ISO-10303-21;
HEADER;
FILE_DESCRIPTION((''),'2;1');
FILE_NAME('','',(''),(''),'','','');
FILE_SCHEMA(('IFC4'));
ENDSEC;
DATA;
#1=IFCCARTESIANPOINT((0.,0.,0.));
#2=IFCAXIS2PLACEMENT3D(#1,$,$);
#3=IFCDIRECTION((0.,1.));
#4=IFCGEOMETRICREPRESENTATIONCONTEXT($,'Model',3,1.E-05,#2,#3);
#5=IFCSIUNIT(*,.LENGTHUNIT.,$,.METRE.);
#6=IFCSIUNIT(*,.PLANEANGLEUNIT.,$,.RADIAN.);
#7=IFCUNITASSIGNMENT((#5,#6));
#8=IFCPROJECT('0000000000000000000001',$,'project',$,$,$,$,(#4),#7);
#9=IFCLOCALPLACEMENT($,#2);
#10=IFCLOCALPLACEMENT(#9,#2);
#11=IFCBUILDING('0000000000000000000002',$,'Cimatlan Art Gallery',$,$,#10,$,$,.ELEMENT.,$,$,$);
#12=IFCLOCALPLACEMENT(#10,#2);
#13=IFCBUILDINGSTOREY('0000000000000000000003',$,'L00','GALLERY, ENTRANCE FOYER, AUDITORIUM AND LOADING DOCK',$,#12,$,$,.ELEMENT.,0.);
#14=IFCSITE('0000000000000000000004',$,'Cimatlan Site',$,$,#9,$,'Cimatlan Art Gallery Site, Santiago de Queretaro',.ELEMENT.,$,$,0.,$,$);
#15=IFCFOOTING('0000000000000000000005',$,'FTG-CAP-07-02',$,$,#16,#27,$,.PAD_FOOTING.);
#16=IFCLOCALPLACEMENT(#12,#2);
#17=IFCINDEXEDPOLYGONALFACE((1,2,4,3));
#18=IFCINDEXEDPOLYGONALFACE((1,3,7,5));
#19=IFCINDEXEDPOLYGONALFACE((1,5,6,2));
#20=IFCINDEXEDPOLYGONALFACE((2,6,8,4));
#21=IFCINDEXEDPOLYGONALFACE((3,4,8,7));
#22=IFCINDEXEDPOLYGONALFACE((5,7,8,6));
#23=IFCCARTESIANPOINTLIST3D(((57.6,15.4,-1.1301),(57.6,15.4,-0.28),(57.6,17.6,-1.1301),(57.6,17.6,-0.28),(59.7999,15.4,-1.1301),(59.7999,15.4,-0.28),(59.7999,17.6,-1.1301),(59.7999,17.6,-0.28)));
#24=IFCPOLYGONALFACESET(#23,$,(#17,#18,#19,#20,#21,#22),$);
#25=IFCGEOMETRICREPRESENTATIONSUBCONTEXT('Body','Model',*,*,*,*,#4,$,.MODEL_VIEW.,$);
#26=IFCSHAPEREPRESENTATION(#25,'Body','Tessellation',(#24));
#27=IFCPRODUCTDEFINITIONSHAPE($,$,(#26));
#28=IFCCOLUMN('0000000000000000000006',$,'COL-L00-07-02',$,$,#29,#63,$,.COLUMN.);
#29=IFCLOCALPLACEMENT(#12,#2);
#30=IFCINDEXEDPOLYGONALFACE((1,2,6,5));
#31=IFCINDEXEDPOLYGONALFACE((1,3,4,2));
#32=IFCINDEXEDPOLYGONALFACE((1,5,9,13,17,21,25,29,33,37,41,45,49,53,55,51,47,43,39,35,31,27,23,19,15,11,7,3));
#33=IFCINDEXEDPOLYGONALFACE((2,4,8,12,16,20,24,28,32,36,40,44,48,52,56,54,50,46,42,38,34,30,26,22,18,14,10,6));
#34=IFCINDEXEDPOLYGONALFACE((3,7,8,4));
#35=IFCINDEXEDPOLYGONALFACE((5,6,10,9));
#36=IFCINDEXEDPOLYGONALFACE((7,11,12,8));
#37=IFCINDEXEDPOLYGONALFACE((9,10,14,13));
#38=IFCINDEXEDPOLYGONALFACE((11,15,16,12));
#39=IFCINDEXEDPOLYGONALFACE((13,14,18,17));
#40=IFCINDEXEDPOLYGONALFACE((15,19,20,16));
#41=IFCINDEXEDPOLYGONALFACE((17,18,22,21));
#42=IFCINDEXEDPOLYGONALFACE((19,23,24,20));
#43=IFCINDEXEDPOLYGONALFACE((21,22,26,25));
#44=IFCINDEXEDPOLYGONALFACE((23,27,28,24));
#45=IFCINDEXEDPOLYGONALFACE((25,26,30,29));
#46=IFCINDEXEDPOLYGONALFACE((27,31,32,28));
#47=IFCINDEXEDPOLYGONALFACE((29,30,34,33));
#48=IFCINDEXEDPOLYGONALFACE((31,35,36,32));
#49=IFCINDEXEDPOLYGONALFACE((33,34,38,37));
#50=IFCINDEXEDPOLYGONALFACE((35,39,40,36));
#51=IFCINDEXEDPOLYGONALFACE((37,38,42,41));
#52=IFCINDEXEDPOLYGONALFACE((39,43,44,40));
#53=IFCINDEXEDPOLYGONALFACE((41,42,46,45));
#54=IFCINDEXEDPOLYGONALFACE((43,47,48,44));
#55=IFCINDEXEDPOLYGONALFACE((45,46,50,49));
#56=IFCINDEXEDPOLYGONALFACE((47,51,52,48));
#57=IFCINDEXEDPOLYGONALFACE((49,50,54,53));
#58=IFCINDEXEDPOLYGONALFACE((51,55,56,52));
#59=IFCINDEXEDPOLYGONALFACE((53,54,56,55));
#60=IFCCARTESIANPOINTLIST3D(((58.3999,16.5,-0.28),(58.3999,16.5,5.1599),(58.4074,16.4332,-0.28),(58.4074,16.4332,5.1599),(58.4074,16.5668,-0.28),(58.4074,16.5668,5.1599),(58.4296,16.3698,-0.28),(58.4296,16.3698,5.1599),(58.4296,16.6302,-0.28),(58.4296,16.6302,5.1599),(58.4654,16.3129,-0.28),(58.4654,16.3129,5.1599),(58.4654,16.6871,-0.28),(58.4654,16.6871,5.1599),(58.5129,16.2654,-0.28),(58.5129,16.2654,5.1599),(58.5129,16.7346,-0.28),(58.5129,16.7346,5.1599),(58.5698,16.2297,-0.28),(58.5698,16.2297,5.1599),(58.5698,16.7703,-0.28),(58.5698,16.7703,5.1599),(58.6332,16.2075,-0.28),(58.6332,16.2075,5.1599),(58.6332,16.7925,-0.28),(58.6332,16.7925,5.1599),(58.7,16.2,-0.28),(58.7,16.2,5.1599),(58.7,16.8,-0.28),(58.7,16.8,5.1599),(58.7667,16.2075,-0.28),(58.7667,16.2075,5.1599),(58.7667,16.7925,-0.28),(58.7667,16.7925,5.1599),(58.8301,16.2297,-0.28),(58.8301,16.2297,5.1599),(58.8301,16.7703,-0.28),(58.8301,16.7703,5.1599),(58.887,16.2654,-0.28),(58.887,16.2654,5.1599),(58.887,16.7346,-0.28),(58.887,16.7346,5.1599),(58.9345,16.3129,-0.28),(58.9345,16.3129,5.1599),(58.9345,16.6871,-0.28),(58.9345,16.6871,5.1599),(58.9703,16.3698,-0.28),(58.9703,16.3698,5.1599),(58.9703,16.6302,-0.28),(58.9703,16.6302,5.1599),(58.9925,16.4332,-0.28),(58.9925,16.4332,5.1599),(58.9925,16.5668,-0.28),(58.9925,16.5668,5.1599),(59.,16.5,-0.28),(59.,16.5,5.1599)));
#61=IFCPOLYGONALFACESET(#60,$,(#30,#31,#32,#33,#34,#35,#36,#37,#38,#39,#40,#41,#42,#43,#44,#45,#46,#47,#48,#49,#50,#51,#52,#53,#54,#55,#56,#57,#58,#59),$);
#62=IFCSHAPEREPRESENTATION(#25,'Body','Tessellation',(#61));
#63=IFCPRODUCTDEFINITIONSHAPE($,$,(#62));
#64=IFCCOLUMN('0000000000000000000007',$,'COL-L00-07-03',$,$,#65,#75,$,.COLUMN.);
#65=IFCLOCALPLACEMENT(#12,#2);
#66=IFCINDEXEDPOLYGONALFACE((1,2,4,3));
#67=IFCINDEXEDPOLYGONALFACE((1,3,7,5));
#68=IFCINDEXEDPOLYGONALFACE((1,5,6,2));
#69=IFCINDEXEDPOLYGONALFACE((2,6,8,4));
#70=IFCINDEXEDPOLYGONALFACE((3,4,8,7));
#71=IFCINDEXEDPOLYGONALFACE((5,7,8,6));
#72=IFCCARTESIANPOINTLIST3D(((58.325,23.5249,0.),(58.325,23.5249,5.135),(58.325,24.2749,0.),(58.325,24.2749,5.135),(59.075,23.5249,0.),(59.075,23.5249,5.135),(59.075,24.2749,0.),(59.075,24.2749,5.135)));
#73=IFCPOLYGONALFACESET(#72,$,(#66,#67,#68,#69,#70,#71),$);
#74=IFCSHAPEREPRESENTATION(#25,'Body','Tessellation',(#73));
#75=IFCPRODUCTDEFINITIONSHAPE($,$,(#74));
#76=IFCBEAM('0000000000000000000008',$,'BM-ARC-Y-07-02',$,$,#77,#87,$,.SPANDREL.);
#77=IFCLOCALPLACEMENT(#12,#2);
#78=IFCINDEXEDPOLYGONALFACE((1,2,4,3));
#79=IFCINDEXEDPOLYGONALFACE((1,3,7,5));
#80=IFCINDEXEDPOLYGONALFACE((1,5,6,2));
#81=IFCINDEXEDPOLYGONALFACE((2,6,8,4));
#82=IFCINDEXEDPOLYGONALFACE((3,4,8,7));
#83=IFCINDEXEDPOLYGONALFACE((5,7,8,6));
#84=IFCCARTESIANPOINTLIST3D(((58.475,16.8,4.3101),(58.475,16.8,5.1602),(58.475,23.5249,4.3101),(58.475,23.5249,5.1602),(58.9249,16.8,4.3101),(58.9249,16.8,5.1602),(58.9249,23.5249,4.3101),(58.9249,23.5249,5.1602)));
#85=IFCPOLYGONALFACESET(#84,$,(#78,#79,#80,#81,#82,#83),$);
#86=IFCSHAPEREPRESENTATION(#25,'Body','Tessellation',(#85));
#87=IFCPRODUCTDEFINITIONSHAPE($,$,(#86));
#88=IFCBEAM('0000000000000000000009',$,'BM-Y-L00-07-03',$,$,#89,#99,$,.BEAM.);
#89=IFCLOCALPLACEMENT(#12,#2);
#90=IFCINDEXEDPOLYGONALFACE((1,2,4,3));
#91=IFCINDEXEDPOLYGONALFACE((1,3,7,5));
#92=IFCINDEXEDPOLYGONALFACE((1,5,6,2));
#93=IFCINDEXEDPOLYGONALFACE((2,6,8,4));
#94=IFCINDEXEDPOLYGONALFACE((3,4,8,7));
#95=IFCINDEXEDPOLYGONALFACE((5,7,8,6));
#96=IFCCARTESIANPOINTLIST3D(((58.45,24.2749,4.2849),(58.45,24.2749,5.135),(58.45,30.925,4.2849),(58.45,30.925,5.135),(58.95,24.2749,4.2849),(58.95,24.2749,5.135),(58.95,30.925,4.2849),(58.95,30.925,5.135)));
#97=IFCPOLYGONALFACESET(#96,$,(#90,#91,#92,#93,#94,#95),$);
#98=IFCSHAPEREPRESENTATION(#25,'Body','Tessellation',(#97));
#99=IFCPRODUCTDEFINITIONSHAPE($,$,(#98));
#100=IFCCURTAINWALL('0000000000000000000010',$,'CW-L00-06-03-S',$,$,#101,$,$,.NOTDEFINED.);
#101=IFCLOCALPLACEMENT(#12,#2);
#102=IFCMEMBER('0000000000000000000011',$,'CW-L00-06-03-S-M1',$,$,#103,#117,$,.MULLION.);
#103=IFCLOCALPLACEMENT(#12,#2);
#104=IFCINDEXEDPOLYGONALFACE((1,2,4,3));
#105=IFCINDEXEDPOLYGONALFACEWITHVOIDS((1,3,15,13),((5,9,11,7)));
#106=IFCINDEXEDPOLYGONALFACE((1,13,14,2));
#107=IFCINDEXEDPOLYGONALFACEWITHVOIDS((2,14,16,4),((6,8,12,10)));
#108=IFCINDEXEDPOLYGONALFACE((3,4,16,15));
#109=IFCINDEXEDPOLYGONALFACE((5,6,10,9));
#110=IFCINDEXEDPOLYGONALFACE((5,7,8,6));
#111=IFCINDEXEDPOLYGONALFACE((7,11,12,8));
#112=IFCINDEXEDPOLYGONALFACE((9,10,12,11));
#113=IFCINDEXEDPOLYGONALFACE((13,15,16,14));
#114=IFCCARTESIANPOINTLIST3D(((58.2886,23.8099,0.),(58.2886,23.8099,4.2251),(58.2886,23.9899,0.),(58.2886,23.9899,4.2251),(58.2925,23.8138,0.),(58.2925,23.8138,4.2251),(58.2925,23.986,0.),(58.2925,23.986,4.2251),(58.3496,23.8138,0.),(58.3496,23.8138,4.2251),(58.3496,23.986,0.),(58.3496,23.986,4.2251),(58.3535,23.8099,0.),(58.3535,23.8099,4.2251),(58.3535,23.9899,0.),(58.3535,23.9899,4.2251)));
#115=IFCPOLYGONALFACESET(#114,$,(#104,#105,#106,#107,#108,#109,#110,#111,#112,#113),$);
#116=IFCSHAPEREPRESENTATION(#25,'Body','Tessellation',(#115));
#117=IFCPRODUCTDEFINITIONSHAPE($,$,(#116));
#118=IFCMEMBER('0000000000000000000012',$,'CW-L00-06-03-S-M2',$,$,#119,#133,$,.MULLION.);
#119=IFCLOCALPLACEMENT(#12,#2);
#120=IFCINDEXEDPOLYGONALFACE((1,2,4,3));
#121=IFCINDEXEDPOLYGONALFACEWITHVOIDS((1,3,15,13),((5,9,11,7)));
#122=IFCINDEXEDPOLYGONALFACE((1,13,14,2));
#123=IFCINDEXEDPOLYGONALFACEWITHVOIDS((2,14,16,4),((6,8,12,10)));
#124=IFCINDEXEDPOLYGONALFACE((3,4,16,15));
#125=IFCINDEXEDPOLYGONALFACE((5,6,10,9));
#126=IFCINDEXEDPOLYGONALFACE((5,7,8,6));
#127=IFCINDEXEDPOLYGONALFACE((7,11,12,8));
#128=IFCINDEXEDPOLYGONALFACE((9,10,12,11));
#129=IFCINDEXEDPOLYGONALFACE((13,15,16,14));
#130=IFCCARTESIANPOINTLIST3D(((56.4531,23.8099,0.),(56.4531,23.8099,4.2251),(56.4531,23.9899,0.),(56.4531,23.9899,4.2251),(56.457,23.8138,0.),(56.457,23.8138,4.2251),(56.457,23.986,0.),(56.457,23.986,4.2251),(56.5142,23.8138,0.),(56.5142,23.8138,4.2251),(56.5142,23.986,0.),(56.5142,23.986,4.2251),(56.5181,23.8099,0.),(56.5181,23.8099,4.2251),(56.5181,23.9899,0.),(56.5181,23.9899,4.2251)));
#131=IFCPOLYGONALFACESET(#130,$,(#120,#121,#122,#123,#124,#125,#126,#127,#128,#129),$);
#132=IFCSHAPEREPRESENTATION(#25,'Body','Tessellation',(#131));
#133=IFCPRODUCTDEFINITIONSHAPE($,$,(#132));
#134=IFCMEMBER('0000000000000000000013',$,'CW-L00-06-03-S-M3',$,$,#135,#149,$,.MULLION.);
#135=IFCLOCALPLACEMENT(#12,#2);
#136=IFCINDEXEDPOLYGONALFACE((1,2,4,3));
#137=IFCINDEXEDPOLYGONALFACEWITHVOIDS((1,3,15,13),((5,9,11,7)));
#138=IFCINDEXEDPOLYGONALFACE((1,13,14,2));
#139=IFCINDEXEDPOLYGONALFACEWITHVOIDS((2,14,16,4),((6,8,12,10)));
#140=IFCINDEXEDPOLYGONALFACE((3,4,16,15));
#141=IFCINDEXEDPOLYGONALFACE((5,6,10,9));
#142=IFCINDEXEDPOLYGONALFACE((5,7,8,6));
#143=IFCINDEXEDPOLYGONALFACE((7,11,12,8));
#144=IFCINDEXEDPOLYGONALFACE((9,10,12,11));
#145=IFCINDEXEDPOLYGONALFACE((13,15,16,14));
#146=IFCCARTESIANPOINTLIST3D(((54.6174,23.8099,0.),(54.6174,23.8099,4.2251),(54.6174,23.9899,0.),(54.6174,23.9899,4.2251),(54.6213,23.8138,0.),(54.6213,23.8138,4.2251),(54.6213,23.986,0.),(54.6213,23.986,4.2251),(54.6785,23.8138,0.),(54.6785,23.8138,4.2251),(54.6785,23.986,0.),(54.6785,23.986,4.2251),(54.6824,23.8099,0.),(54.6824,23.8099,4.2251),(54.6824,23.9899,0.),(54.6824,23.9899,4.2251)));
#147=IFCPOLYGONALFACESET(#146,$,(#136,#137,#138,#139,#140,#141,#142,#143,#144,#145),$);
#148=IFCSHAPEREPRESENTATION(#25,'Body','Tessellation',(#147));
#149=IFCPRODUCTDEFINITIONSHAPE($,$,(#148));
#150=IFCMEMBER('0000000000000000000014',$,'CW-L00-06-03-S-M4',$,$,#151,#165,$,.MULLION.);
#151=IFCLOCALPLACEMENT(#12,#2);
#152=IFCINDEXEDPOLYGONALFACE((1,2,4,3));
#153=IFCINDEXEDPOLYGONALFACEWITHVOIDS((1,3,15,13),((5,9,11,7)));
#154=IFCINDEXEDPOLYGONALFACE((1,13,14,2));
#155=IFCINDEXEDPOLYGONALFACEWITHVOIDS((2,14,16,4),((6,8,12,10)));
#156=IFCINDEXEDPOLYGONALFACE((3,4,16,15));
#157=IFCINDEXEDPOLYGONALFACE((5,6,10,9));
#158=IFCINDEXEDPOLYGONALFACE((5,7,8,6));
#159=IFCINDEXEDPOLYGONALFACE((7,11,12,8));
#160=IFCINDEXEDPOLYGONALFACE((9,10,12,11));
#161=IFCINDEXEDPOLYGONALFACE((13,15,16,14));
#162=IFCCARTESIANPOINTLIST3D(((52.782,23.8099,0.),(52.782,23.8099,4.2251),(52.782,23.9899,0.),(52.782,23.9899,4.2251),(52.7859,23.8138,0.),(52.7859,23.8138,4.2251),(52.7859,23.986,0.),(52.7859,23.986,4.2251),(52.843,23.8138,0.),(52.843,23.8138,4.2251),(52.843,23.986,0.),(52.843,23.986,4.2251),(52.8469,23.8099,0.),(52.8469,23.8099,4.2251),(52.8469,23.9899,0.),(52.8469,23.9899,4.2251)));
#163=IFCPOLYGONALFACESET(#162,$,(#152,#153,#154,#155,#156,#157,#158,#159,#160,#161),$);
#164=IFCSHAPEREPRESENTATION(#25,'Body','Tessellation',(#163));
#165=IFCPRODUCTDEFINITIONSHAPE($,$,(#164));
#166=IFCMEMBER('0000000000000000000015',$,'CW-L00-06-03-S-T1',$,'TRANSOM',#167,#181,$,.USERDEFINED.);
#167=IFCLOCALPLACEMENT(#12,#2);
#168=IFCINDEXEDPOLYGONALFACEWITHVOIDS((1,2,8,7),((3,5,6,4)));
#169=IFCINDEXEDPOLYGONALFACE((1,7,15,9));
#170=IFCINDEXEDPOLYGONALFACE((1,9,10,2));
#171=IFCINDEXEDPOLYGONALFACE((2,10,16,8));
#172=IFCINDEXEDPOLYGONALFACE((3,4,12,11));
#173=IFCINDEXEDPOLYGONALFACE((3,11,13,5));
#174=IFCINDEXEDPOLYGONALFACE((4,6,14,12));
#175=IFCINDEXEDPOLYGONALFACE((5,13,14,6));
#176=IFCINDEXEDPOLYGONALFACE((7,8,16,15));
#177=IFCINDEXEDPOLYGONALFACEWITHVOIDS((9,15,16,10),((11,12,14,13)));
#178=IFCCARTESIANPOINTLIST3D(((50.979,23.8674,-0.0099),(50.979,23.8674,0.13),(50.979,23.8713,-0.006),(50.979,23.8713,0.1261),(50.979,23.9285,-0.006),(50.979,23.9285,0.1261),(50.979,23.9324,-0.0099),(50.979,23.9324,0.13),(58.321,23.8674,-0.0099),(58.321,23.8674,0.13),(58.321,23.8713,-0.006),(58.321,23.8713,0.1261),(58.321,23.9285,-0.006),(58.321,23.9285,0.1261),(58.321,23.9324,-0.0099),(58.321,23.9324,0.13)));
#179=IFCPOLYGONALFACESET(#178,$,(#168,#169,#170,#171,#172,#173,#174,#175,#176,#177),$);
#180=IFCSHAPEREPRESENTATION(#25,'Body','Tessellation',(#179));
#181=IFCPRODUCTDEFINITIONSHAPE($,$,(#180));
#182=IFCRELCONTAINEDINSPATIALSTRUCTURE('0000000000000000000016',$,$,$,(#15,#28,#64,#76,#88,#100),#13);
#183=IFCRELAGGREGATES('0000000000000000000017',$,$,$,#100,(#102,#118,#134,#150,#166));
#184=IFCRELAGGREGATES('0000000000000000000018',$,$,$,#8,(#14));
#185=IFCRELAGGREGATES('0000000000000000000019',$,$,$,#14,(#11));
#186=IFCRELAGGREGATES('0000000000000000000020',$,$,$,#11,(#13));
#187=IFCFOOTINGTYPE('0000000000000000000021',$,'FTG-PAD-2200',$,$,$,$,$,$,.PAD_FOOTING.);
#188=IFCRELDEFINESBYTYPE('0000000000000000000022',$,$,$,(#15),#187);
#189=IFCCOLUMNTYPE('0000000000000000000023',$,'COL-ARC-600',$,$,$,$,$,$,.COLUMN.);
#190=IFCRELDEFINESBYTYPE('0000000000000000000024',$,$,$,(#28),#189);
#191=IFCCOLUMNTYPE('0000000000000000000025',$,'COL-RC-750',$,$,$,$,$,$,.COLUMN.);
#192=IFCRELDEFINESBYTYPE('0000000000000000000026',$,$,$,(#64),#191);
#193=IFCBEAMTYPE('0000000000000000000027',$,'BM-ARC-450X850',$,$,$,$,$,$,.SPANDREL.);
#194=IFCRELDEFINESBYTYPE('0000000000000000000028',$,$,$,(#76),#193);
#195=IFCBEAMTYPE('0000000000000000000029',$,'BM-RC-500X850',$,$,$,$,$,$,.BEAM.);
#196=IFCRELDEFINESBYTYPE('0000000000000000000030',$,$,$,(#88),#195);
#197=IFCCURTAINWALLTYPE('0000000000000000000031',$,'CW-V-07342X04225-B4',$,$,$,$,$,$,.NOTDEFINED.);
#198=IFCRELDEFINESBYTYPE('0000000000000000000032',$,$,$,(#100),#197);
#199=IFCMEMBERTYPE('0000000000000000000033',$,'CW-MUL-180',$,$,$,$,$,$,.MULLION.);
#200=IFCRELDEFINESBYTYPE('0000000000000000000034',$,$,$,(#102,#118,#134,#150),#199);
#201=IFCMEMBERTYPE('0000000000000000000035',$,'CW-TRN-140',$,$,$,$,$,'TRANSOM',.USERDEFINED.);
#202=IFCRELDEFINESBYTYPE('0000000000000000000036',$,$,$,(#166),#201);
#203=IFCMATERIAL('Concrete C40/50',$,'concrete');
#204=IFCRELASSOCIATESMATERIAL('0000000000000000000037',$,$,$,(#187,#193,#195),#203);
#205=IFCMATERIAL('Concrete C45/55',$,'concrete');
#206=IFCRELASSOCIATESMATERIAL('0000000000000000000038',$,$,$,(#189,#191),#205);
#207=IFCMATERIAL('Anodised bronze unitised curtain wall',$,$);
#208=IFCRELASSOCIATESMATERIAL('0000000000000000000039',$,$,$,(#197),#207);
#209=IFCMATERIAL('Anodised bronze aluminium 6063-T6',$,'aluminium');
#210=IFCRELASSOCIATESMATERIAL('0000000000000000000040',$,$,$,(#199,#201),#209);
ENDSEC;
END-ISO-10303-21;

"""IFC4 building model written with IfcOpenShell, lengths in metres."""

from ifc_helpers import new_model, si_unit, direction, frame, origin, origin_2d, place, context, subcontext, project, spatial, rectangle, hollow_rectangle, circle, extrude, material, material_profile, profile_set, type_object, element, aggregate, save


model = new_model("IFC4")

# Units and contexts
model_context = context("Model", 3, precision=1e-05, world=origin(), true_north=direction((0.0, 1.0)))
body_context = subcontext(model_context, "Body", "Model", "MODEL_VIEW")
ifc_project = project(units=[si_unit("LENGTHUNIT", "METRE"), si_unit("PLANEANGLEUNIT", "RADIAN")], contexts=[model_context])

# Site, building, storey
site_placement = place(None, origin())
site = spatial("IfcSite", under=ifc_project, at=site_placement, Name="Cimatlan Site", LongName="Cimatlan Art Gallery Site, Santiago de Queretaro", CompositionType="ELEMENT", RefElevation=0.0)
building_placement = place(site_placement, origin())
building = spatial("IfcBuilding", under=site, at=building_placement, Name="Cimatlan Art Gallery", CompositionType="ELEMENT")
storey_placement = place(building_placement, origin())
storey = spatial("IfcBuildingStorey", under=building, at=storey_placement, Name="L00", Description="GALLERY, ENTRANCE FOYER, AUDITORIUM AND LOADING DOCK", CompositionType="ELEMENT", Elevation=0.0)

# Footing
ifc_material_1 = material(Name="Concrete C40/50", Category="concrete")
footing_type = type_object("IfcFootingType", Name="FTG-PAD-2200", PredefinedType="PAD_FOOTING", material=ifc_material_1)
footing_placement = place(storey_placement, frame((58.7, 16.5, -1.1301), z_axis=(0.0, 0.0, 1.0), x_axis=(1.0, 0.0, 0.0)))
element("IfcFooting", 1, at=footing_placement, inside=storey, type_object=footing_type, Name="FTG-CAP-07-02", PredefinedType="PAD_FOOTING", context=body_context, shape_type="SweptSolid", body=[
    extrude(rectangle(XDim=2.2, YDim=2.2, at=origin_2d()), origin(), (0.0, 0.0, 1.0), 0.8501),
])

# Columns
ifc_material_2 = material(Name="Concrete C45/55", Category="concrete")
ifc_material_profile_1 = material_profile(ifc_material_2, circle(Radius=0.3, at=origin_2d()), Name="RCD600")
ifc_profile_set_1 = profile_set([ifc_material_profile_1], Name="Concrete C45/55")
column_type_1 = type_object("IfcColumnType", Name="COL-ARC-600", PredefinedType="COLUMN", material=ifc_profile_set_1)
column_1_placement = place(storey_placement, frame((58.7, 16.5, -0.28), z_axis=(0.0, 0.0, 1.0), x_axis=(1.0, 0.0, 0.0)))
element("IfcColumn", 2, at=column_1_placement, inside=storey, type_object=column_type_1, Name="COL-L00-07-02", PredefinedType="COLUMN", context=body_context, shape_type="SweptSolid", body=[
    extrude(circle(Radius=0.3, at=origin_2d()), origin(), (0.0, 0.0, 1.0), 5.4399),
])
ifc_material_profile_2 = material_profile(ifc_material_2, rectangle(XDim=0.75, YDim=0.75, at=origin_2d()), Name="RC750X750")
ifc_profile_set_2 = profile_set([ifc_material_profile_2], Name="Concrete C45/55")
column_type_2 = type_object("IfcColumnType", Name="COL-RC-750", PredefinedType="COLUMN", material=ifc_profile_set_2)
column_2_placement = place(storey_placement, frame((58.7, 23.8999, 0.0), z_axis=(0.0, 0.0, 1.0), x_axis=(1.0, 0.0, 0.0)))
element("IfcColumn", 3, at=column_2_placement, inside=storey, type_object=column_type_2, Name="COL-L00-07-03", PredefinedType="COLUMN", context=body_context, shape_type="SweptSolid", body=[
    extrude(rectangle(XDim=0.75, YDim=0.75, at=origin_2d()), origin(), (0.0, 0.0, 1.0), 5.135),
])

# Beams
ifc_material_profile_3 = material_profile(ifc_material_1, rectangle(XDim=0.45, YDim=0.8501, at=origin_2d()), Name="RC450X850")
ifc_profile_set_3 = profile_set([ifc_material_profile_3], Name="Concrete C40/50")
beam_type_1 = type_object("IfcBeamType", Name="BM-ARC-450X850", PredefinedType="SPANDREL", material=ifc_profile_set_3)
beam_1_placement = place(storey_placement, frame((58.7, 16.8, 4.7351), z_axis=(0.0, 1.0, 0.0), x_axis=(-1.0, 0.0, 0.0)))
element("IfcBeam", 4, at=beam_1_placement, inside=storey, type_object=beam_type_1, Name="BM-ARC-Y-07-02", PredefinedType="SPANDREL", context=body_context, shape_type="SweptSolid", body=[
    extrude(rectangle(XDim=0.45, YDim=0.8501, at=origin_2d()), origin(), (0.0, 0.0, 1.0), 6.7249),
])
ifc_material_profile_4 = material_profile(ifc_material_1, rectangle(XDim=0.5, YDim=0.8501, at=origin_2d()), Name="RC500X850")
ifc_profile_set_4 = profile_set([ifc_material_profile_4], Name="Concrete C40/50")
beam_type_2 = type_object("IfcBeamType", Name="BM-RC-500X850", PredefinedType="BEAM", material=ifc_profile_set_4)
beam_2_placement = place(storey_placement, frame((58.7, 24.2749, 4.71), z_axis=(0.0, 1.0, 0.0), x_axis=(-1.0, 0.0, 0.0)))
element("IfcBeam", 5, at=beam_2_placement, inside=storey, type_object=beam_type_2, Name="BM-Y-L00-07-03", PredefinedType="BEAM", context=body_context, shape_type="SweptSolid", body=[
    extrude(rectangle(XDim=0.5, YDim=0.8501, at=origin_2d()), origin(), (0.0, 0.0, 1.0), 6.6501),
])

# Curtain wall, members
ifc_material_3 = material(Name="Anodised bronze unitised curtain wall")
curtain_wall_type = type_object("IfcCurtainWallType", Name="CW-V-07342X04225-B4", PredefinedType="NOTDEFINED", material=ifc_material_3)
curtain_wall_placement = place(storey_placement, origin())
curtain_wall = element("IfcCurtainWall", 6, at=curtain_wall_placement, inside=storey, type_object=curtain_wall_type, Name="CW-L00-06-03-S", PredefinedType="NOTDEFINED")
ifc_material_4 = material(Name="Anodised bronze aluminium 6063-T6", Category="aluminium")
ifc_material_profile_5 = material_profile(ifc_material_4, hollow_rectangle(XDim=0.0649, YDim=0.1799, WallThickness=0.0039, at=origin_2d()), Name="ALU65X180X4")
ifc_profile_set_5 = profile_set([ifc_material_profile_5], Name="Anodised bronze aluminium 6063-T6")
member_type_1 = type_object("IfcMemberType", Name="CW-MUL-180", PredefinedType="MULLION", material=ifc_profile_set_5)
member_1_placement = place(storey_placement, frame((58.321, 23.8999, 0.0), z_axis=(0.0, 0.0, 1.0), x_axis=(1.0, 0.0, 0.0)))
member_1 = element("IfcMember", 7, at=member_1_placement, type_object=member_type_1, Name="CW-L00-06-03-S-M1", PredefinedType="MULLION", context=body_context, shape_type="SweptSolid", body=[
    extrude(hollow_rectangle(XDim=0.0649, YDim=0.1799, WallThickness=0.0039, at=origin_2d()), origin(), (0.0, 0.0, 1.0), 4.2251),
])
member_2_placement = place(storey_placement, frame((56.4856, 23.8999, 0.0), z_axis=(0.0, 0.0, 1.0), x_axis=(1.0, 0.0, 0.0)))
member_2 = element("IfcMember", 8, at=member_2_placement, type_object=member_type_1, Name="CW-L00-06-03-S-M2", PredefinedType="MULLION", context=body_context, shape_type="SweptSolid", body=[
    extrude(hollow_rectangle(XDim=0.0649, YDim=0.1799, WallThickness=0.0039, at=origin_2d()), origin(), (0.0, 0.0, 1.0), 4.2251),
])
member_3_placement = place(storey_placement, frame((54.6499, 23.8999, 0.0), z_axis=(0.0, 0.0, 1.0), x_axis=(1.0, 0.0, 0.0)))
member_3 = element("IfcMember", 9, at=member_3_placement, type_object=member_type_1, Name="CW-L00-06-03-S-M3", PredefinedType="MULLION", context=body_context, shape_type="SweptSolid", body=[
    extrude(hollow_rectangle(XDim=0.0649, YDim=0.1799, WallThickness=0.0039, at=origin_2d()), origin(), (0.0, 0.0, 1.0), 4.2251),
])
member_4_placement = place(storey_placement, frame((52.8145, 23.8999, 0.0), z_axis=(0.0, 0.0, 1.0), x_axis=(1.0, 0.0, 0.0)))
member_4 = element("IfcMember", 10, at=member_4_placement, type_object=member_type_1, Name="CW-L00-06-03-S-M4", PredefinedType="MULLION", context=body_context, shape_type="SweptSolid", body=[
    extrude(hollow_rectangle(XDim=0.0649, YDim=0.1799, WallThickness=0.0039, at=origin_2d()), origin(), (0.0, 0.0, 1.0), 4.2251),
])
ifc_material_profile_6 = material_profile(ifc_material_4, hollow_rectangle(XDim=0.0649, YDim=0.1399, WallThickness=0.0039, at=origin_2d()), Name="ALU65X140X4")
ifc_profile_set_6 = profile_set([ifc_material_profile_6], Name="Anodised bronze aluminium 6063-T6")
member_type_2 = type_object("IfcMemberType", Name="CW-TRN-140", ElementType="TRANSOM", PredefinedType="USERDEFINED", material=ifc_profile_set_6)
member_5_placement = place(storey_placement, frame((58.321, 23.8999, 0.0601), z_axis=(-1.0, 0.0, 0.0), x_axis=(0.0, -1.0, 0.0)))
member_5 = element("IfcMember", 11, at=member_5_placement, type_object=member_type_2, Name="CW-L00-06-03-S-T1", ObjectType="TRANSOM", PredefinedType="USERDEFINED", context=body_context, shape_type="SweptSolid", body=[
    extrude(hollow_rectangle(XDim=0.0649, YDim=0.1399, WallThickness=0.0039, at=origin_2d()), origin(), (0.0, 0.0, 1.0), 7.342),
])

aggregate(curtain_wall, [member_1, member_2, member_3, member_4, member_5])

save(model, "model.ifc")
